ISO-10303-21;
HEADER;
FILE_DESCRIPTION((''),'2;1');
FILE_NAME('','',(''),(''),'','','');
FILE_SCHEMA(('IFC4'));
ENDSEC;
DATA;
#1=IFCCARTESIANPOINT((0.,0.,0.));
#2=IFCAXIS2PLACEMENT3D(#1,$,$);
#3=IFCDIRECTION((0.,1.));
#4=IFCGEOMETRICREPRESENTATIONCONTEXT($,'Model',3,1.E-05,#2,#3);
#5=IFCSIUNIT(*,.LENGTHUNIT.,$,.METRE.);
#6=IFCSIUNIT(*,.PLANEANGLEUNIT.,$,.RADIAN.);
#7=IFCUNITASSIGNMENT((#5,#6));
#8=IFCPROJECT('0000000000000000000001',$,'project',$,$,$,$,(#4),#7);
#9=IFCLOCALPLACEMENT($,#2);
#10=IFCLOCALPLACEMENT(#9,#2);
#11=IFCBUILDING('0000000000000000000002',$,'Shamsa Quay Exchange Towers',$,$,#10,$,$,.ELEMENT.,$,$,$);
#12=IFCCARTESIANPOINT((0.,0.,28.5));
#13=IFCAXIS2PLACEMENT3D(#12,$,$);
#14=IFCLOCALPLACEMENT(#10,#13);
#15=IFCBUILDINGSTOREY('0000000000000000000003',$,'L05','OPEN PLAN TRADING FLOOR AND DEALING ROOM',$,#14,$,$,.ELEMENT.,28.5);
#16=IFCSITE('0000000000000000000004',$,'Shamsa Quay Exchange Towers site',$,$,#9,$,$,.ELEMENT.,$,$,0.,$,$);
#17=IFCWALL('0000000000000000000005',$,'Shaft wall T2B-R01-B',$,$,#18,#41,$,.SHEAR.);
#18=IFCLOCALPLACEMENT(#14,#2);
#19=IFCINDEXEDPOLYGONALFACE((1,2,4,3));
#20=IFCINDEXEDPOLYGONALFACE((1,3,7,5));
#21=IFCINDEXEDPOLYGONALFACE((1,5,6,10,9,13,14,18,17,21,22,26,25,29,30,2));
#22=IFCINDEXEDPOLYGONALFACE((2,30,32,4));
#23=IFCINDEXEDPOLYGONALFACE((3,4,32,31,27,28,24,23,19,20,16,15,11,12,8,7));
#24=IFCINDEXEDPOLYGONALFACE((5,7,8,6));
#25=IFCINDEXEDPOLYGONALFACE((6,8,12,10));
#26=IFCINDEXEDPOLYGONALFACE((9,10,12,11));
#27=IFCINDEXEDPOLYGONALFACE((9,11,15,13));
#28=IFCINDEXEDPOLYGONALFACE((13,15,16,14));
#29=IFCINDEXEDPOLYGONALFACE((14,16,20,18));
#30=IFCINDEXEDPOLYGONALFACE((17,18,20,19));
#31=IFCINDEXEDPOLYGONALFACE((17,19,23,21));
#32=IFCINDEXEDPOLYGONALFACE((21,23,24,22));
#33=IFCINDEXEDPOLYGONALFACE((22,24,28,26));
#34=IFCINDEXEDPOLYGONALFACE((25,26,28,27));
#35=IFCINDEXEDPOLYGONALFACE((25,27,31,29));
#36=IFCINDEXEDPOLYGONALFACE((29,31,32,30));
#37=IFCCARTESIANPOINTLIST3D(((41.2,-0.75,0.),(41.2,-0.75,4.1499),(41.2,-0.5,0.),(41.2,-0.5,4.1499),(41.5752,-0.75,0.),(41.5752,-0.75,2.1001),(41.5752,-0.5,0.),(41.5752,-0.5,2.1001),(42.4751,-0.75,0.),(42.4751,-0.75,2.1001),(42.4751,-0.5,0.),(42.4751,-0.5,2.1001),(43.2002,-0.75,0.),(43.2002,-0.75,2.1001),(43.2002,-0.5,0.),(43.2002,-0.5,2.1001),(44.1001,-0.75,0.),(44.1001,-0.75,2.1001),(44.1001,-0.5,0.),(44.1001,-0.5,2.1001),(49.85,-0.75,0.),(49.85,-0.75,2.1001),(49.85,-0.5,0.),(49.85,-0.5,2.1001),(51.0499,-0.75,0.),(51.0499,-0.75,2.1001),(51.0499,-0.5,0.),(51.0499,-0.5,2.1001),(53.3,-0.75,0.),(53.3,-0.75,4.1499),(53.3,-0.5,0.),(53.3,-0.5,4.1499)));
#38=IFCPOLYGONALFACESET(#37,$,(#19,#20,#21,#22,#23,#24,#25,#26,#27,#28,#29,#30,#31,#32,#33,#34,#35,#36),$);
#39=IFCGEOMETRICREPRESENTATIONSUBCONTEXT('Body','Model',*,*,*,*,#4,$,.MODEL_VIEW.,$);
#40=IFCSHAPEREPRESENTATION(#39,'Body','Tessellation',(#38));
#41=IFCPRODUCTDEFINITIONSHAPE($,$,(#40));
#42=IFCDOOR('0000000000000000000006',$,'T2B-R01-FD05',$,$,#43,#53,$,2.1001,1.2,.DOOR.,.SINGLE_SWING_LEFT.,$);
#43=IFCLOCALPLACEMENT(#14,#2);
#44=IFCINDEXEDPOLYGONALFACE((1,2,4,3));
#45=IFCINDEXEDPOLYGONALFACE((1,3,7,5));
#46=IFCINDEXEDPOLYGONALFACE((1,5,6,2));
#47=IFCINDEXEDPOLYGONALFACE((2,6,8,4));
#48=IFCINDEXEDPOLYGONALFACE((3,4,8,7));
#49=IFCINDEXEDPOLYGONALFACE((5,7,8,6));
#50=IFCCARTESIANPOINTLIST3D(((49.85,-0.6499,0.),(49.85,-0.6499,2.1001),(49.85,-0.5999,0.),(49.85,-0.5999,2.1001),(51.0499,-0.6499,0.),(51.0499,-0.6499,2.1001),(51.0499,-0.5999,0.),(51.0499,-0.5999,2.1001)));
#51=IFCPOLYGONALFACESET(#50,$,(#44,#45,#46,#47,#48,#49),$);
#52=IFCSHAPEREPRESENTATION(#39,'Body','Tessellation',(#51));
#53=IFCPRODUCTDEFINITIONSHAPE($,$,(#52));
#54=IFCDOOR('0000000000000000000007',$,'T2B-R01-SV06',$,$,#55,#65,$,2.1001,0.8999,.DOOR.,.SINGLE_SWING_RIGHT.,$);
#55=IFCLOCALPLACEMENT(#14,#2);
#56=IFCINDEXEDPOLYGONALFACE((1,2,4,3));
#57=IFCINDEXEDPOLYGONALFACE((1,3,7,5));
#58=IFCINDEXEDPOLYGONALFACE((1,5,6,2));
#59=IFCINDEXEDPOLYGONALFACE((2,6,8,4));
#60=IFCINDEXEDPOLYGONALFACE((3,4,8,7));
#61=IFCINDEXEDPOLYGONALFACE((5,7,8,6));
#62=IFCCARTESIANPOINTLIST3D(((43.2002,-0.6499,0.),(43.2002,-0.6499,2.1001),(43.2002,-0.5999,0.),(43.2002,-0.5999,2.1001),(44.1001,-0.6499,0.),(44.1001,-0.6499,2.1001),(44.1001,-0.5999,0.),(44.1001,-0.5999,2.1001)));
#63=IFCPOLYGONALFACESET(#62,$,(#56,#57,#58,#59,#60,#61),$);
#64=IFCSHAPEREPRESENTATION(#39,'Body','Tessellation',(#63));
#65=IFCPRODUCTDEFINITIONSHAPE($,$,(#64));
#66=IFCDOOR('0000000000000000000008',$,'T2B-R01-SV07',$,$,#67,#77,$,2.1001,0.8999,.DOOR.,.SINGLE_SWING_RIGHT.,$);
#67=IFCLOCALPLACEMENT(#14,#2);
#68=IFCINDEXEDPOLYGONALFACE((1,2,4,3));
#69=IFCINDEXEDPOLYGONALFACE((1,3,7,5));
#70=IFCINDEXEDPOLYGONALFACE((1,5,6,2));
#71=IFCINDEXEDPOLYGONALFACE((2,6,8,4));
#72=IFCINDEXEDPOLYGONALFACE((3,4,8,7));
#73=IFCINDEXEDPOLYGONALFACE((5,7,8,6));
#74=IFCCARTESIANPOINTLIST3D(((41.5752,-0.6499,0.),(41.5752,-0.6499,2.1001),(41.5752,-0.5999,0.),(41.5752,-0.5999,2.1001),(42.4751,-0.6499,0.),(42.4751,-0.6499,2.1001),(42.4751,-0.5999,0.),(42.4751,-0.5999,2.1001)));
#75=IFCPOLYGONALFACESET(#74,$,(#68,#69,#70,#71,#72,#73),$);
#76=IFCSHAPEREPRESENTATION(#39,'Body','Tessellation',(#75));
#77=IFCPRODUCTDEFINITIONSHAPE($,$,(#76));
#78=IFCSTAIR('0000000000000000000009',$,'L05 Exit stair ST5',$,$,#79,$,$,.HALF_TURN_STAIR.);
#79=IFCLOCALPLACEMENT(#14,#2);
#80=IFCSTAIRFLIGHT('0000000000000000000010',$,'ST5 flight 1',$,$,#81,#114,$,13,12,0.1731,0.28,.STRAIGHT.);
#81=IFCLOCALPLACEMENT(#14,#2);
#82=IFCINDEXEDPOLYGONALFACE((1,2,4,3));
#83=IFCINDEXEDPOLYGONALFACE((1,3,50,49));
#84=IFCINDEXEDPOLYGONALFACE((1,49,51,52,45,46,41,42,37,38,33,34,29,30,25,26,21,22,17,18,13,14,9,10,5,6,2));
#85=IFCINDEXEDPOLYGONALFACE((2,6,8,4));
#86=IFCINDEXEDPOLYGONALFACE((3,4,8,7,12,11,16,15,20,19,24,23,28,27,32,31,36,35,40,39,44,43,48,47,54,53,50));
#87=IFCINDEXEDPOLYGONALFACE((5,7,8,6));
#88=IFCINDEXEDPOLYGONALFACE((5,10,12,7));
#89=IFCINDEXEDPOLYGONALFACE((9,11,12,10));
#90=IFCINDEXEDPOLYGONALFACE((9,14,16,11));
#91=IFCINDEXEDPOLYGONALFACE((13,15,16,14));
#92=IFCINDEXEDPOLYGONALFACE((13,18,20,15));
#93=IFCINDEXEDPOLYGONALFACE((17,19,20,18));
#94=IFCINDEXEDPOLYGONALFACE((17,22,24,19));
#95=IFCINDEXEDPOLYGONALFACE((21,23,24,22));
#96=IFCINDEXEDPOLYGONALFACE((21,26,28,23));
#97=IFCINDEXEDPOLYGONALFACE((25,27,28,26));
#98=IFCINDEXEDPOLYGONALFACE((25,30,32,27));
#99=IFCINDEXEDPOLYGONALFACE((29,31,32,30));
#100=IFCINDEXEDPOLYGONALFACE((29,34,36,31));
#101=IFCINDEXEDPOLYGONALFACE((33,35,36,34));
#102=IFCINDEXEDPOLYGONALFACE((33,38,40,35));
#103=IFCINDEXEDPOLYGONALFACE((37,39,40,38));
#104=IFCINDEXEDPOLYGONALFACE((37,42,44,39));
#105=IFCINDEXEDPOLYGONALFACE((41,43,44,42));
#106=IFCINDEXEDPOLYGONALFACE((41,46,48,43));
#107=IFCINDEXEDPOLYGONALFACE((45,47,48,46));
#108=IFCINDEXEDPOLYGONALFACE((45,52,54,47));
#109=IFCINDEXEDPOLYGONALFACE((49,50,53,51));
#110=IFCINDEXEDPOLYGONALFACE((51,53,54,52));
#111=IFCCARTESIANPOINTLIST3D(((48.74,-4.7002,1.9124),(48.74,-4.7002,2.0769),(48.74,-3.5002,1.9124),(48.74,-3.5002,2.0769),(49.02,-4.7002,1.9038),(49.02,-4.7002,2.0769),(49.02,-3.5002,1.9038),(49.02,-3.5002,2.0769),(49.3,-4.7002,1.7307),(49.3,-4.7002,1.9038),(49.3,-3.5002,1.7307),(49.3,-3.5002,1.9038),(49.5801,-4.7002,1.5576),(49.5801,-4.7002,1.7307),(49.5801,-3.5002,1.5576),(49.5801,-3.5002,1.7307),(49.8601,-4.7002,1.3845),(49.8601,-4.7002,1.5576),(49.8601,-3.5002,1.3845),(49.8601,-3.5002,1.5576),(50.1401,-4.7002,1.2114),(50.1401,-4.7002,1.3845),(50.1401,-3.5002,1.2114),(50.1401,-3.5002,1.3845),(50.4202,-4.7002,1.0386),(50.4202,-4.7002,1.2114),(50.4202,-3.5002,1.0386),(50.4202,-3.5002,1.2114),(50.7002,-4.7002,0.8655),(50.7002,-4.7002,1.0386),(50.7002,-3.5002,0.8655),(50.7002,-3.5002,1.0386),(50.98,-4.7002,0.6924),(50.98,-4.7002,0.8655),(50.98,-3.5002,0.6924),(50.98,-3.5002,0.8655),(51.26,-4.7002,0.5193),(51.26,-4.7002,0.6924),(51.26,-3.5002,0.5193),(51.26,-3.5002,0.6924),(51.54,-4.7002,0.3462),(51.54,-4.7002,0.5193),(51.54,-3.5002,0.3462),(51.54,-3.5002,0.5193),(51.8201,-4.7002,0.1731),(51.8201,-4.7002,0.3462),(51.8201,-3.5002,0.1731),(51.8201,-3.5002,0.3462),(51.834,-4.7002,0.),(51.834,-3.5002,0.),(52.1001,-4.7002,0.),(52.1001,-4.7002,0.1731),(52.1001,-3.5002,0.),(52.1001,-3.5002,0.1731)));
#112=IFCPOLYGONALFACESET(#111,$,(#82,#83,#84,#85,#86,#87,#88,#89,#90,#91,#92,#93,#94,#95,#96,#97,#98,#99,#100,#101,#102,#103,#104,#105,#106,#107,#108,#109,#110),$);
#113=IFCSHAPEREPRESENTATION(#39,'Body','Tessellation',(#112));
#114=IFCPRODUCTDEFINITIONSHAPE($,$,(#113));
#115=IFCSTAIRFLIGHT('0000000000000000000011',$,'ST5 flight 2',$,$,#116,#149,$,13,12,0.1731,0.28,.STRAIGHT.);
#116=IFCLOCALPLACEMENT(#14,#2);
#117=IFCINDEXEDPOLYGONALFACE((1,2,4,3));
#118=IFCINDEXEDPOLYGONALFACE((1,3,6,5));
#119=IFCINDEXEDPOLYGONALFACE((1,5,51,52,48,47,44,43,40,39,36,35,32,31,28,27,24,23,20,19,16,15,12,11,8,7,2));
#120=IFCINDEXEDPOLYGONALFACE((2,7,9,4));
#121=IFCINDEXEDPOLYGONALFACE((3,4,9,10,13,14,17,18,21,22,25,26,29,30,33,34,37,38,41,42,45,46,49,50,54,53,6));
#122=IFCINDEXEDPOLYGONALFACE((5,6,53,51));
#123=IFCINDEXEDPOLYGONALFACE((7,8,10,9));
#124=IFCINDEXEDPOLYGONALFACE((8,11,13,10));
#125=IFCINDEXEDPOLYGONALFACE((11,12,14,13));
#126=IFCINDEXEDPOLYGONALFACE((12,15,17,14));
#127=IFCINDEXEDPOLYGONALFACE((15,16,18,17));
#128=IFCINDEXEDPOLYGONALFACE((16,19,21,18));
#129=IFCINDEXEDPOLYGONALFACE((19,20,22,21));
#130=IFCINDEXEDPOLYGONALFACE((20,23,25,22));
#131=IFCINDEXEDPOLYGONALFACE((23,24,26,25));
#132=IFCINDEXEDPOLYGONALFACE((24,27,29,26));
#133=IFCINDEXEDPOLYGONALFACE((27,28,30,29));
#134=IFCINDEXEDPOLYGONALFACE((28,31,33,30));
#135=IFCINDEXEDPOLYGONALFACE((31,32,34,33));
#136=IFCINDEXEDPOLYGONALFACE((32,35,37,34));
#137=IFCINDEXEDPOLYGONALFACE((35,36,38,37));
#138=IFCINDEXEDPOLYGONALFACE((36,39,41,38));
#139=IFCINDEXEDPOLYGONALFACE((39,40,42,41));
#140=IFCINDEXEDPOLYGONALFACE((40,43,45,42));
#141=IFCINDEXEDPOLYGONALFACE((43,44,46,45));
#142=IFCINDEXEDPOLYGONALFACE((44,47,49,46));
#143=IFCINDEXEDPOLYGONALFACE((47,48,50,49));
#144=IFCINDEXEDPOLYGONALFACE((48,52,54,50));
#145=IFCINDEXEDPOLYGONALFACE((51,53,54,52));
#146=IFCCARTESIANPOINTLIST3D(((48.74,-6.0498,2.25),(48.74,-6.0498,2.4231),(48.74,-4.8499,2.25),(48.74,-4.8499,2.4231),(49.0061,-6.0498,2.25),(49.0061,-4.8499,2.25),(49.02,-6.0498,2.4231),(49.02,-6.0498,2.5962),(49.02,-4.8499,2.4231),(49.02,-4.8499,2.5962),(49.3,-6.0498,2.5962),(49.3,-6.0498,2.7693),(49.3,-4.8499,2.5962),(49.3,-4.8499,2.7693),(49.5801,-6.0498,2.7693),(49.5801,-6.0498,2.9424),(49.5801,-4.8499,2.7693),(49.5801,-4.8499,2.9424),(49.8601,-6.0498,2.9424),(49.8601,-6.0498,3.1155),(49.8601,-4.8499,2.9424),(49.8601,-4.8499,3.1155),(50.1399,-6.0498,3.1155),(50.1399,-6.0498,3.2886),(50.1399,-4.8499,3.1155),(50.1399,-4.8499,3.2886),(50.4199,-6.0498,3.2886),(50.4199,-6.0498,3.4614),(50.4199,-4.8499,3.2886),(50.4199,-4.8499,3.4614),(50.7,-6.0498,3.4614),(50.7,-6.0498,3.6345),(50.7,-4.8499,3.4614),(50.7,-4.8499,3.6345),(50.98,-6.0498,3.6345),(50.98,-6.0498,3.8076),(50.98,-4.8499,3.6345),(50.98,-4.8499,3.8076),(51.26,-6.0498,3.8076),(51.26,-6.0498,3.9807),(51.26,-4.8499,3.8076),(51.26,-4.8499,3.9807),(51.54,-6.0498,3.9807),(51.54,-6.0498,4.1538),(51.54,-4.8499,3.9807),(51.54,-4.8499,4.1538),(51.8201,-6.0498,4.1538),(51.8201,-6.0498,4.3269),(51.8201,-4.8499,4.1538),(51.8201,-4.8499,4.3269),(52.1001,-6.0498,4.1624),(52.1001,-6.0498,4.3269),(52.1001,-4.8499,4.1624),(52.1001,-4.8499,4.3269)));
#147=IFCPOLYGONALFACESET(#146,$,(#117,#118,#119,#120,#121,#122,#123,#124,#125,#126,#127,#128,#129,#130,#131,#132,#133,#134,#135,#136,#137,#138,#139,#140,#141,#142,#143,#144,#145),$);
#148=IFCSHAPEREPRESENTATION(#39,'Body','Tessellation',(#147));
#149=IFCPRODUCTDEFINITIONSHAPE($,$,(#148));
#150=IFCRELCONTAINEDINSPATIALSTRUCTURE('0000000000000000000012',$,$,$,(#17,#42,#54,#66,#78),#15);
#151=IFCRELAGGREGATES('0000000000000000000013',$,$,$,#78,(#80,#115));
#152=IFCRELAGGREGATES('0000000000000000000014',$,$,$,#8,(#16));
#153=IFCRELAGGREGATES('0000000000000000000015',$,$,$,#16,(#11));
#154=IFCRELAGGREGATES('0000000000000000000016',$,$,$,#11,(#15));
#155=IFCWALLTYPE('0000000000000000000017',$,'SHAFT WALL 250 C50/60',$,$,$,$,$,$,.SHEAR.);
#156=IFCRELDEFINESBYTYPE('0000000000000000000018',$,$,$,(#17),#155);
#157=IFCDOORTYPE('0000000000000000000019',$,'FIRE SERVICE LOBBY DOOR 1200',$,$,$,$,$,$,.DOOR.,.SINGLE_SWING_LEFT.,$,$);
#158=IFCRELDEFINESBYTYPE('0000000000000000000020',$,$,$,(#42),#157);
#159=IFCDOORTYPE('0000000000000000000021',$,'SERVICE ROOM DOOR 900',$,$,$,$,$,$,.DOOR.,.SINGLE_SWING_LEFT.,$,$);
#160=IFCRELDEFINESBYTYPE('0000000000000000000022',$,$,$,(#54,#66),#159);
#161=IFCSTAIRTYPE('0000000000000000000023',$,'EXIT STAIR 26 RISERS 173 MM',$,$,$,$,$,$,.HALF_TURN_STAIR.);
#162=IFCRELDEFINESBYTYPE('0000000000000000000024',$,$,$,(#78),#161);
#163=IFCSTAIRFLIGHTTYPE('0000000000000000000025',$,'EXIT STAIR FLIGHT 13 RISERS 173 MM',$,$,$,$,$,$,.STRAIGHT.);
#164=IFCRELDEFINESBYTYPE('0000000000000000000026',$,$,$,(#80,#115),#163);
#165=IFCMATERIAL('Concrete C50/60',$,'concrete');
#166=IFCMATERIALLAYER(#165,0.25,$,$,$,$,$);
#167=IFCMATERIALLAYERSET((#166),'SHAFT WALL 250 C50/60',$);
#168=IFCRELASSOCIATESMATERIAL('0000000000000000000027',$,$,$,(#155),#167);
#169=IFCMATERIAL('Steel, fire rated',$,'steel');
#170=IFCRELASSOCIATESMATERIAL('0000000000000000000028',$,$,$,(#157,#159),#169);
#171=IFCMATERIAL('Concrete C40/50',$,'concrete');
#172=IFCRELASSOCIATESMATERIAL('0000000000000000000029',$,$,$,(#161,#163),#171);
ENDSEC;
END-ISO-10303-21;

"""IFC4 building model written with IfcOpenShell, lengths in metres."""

from ifc_helpers import new_model, si_unit, direction, frame, frame_2d, origin, place, context, subcontext, project, spatial, polyline, rectangle, outline, extrude, material, layer, layer_set, type_object, element, fill, aggregate, save


model = new_model("IFC4")

# Units and contexts
model_context = context("Model", 3, precision=1e-05, world=origin(), true_north=direction((0.0, 1.0)))
body_context = subcontext(model_context, "Body", "Model", "MODEL_VIEW")
ifc_project = project(units=[si_unit("LENGTHUNIT", "METRE"), si_unit("PLANEANGLEUNIT", "RADIAN")], contexts=[model_context])

# Site, building, storey
site_placement = place(None, origin())
site = spatial("IfcSite", under=ifc_project, at=site_placement, Name="Shamsa Quay Exchange Towers site", CompositionType="ELEMENT", RefElevation=0.0)
building_placement = place(site_placement, origin())
building = spatial("IfcBuilding", under=site, at=building_placement, Name="Shamsa Quay Exchange Towers", CompositionType="ELEMENT")
storey_placement = place(building_placement, frame((0.0, 0.0, 28.5)))
storey = spatial("IfcBuildingStorey", under=building, at=storey_placement, Name="L05", Description="OPEN PLAN TRADING FLOOR AND DEALING ROOM", CompositionType="ELEMENT", Elevation=28.5)

# Shared definitions
ifc_material_1 = material(Name="Steel, fire rated", Category="steel")
ifc_material_2 = material(Name="Concrete C50/60", Category="concrete")
ifc_layer_1 = layer(ifc_material_2, 0.25)
ifc_layer_set_1 = layer_set([ifc_layer_1], Name="SHAFT WALL 250 C50/60")
wall_type_1 = type_object("IfcWallType", Name="SHAFT WALL 250 C50/60", PredefinedType="SHEAR", material=ifc_layer_set_1)

# Wall, openings, doors
wall_1_placement = place(storey_placement, frame((53.3, -0.625, 0.0), z_axis=(0.0, 0.0, 1.0), x_axis=(-1.0, 0.0, 0.0)))
wall_1 = element("IfcWall", 1, at=wall_1_placement, inside=storey, type_object=wall_type_1, Name="Shaft wall T2B-R01-B", PredefinedType="SHEAR", context=body_context, shape_type="SweptSolid", body=[
    extrude(rectangle(XDim=12.1001, YDim=0.25, at=frame_2d((6.05, 0.0))), origin(), (0.0, 0.0, 1.0), 4.1499),
])
opening_1_placement = place(wall_1_placement, frame((2.25, 0.0, 0.0)))
opening_1 = element("IfcOpeningElement", 2, at=opening_1_placement, cuts=wall_1, PredefinedType="OPENING", context=body_context, shape_type="SweptSolid", body=[
    extrude(rectangle(XDim=1.2, YDim=2.1001, at=frame_2d((0.6001, 1.05))), frame((0.0, 0.135, 0.0), z_axis=(0.0, -1.0, 0.0), x_axis=(1.0, 0.0, 0.0)), (0.0, 0.0, 1.0), 0.27),
])
opening_2_placement = place(wall_1_placement, frame((9.2, 0.0, 0.0)))
opening_2 = element("IfcOpeningElement", 3, at=opening_2_placement, cuts=wall_1, PredefinedType="OPENING", context=body_context, shape_type="SweptSolid", body=[
    extrude(rectangle(XDim=0.8999, YDim=2.1001, at=frame_2d((0.45, 1.05))), frame((0.0, 0.135, 0.0), z_axis=(0.0, -1.0, 0.0), x_axis=(1.0, 0.0, 0.0)), (0.0, 0.0, 1.0), 0.27),
])
opening_3_placement = place(wall_1_placement, frame((10.825, 0.0, 0.0)))
opening_3 = element("IfcOpeningElement", 4, at=opening_3_placement, cuts=wall_1, PredefinedType="OPENING", context=body_context, shape_type="SweptSolid", body=[
    extrude(rectangle(XDim=0.8999, YDim=2.1001, at=frame_2d((0.45, 1.05))), frame((0.0, 0.135, 0.0), z_axis=(0.0, -1.0, 0.0), x_axis=(1.0, 0.0, 0.0)), (0.0, 0.0, 1.0), 0.27),
])
door_type_1 = type_object("IfcDoorType", Name="FIRE SERVICE LOBBY DOOR 1200", OperationType="SINGLE_SWING_LEFT", PredefinedType="DOOR", material=ifc_material_1)
door_1_placement = place(opening_1_placement, origin())
door_1 = element("IfcDoor", 5, at=door_1_placement, inside=storey, type_object=door_type_1, Name="T2B-R01-FD05", OperationType="SINGLE_SWING_LEFT", OverallHeight=2.1001, OverallWidth=1.2, PredefinedType="DOOR", context=body_context, shape_type="SweptSolid", body=[
    extrude(rectangle(XDim=1.2, YDim=2.1001, at=frame_2d((0.6001, 1.05))), frame((0.0, 0.0249, 0.0), z_axis=(0.0, -1.0, 0.0), x_axis=(1.0, 0.0, 0.0)), (0.0, 0.0, 1.0), 0.05),
])
fill(opening_1, door_1)
door_type_2 = type_object("IfcDoorType", Name="SERVICE ROOM DOOR 900", OperationType="SINGLE_SWING_LEFT", PredefinedType="DOOR", material=ifc_material_1)
door_2_placement = place(opening_2_placement, origin())
door_2 = element("IfcDoor", 6, at=door_2_placement, inside=storey, type_object=door_type_2, Name="T2B-R01-SV06", OperationType="SINGLE_SWING_RIGHT", OverallHeight=2.1001, OverallWidth=0.8999, PredefinedType="DOOR", context=body_context, shape_type="SweptSolid", body=[
    extrude(rectangle(XDim=0.8999, YDim=2.1001, at=frame_2d((0.45, 1.05))), frame((0.0, 0.0249, 0.0), z_axis=(0.0, -1.0, 0.0), x_axis=(1.0, 0.0, 0.0)), (0.0, 0.0, 1.0), 0.05),
])
fill(opening_2, door_2)
door_3_placement = place(opening_3_placement, origin())
door_3 = element("IfcDoor", 7, at=door_3_placement, inside=storey, type_object=door_type_2, Name="T2B-R01-SV07", OperationType="SINGLE_SWING_RIGHT", OverallHeight=2.1001, OverallWidth=0.8999, PredefinedType="DOOR", context=body_context, shape_type="SweptSolid", body=[
    extrude(rectangle(XDim=0.8999, YDim=2.1001, at=frame_2d((0.45, 1.05))), frame((0.0, 0.0249, 0.0), z_axis=(0.0, -1.0, 0.0), x_axis=(1.0, 0.0, 0.0)), (0.0, 0.0, 1.0), 0.05),
])
fill(opening_3, door_3)

# Stair, stair flights
ifc_material_3 = material(Name="Concrete C40/50", Category="concrete")
stair_type = type_object("IfcStairType", Name="EXIT STAIR 26 RISERS 173 MM", PredefinedType="HALF_TURN_STAIR", material=ifc_material_3)
stair_placement = place(storey_placement, origin())
stair = element("IfcStair", 8, at=stair_placement, inside=storey, type_object=stair_type, Name="L05 Exit stair ST5", PredefinedType="HALF_TURN_STAIR")
stair_flight_type = type_object("IfcStairFlightType", Name="EXIT STAIR FLIGHT 13 RISERS 173 MM", PredefinedType="STRAIGHT", material=ifc_material_3)
stair_flight_1_placement = place(storey_placement, frame((52.1001, -4.1001, 0.0), z_axis=(0.0, 0.0, 1.0), x_axis=(-1.0, 0.0, 0.0)))
stair_flight_1 = element("IfcStairFlight", 9, at=stair_flight_1_placement, type_object=stair_flight_type, Name="ST5 flight 1", NumberOfRisers=13, NumberOfTreads=12, PredefinedType="STRAIGHT", RiserHeight=0.1731, TreadLength=0.28, context=body_context, shape_type="SweptSolid", body=[
    extrude(outline(polyline([(0.0, 0.0), (0.0, 0.1731), (0.28, 0.1731), (0.28, 0.3462), (0.5601, 0.3462), (0.5601, 0.5193), (0.8401, 0.5193), (0.8401, 0.6924), (1.1201, 0.6924), (1.1201, 0.8655), (1.3999, 0.8655), (1.3999, 1.0386), (1.6799, 1.0386), (1.6799, 1.2114), (1.96, 1.2114), (1.96, 1.3845), (2.24, 1.3845), (2.24, 1.5576), (2.52, 1.5576), (2.52, 1.7307), (2.8, 1.7307), (2.8, 1.9038), (3.0801, 1.9038), (3.0801, 2.0769), (3.3601, 2.0769), (3.3601, 2.25), (3.3601, 1.9124), (0.2661, 0.0), (0.0, 0.0)])), frame((0.0, 0.6001, 0.0), z_axis=(0.0, -1.0, 0.0), x_axis=(1.0, 0.0, 0.0)), (0.0, 0.0, 1.0), 1.2),
])
stair_flight_2_placement = place(storey_placement, frame((48.74, -5.45, 2.25)))
stair_flight_2 = element("IfcStairFlight", 10, at=stair_flight_2_placement, type_object=stair_flight_type, Name="ST5 flight 2", NumberOfRisers=13, NumberOfTreads=12, PredefinedType="STRAIGHT", RiserHeight=0.1731, TreadLength=0.28, context=body_context, shape_type="SweptSolid", body=[
    extrude(outline(polyline([(0.0, 0.0), (0.0, 0.1731), (0.28, 0.1731), (0.28, 0.3462), (0.5601, 0.3462), (0.5601, 0.5193), (0.8401, 0.5193), (0.8401, 0.6924), (1.1201, 0.6924), (1.1201, 0.8655), (1.3999, 0.8655), (1.3999, 1.0386), (1.6799, 1.0386), (1.6799, 1.2114), (1.96, 1.2114), (1.96, 1.3845), (2.24, 1.3845), (2.24, 1.5576), (2.52, 1.5576), (2.52, 1.7307), (2.8, 1.7307), (2.8, 1.9038), (3.0801, 1.9038), (3.0801, 2.0769), (3.3601, 2.0769), (3.3601, 2.25), (3.3601, 1.9124), (0.2661, 0.0), (0.0, 0.0)])), frame((0.0, 0.6001, 0.0), z_axis=(0.0, -1.0, 0.0), x_axis=(1.0, 0.0, 0.0)), (0.0, 0.0, 1.0), 1.2),
])
aggregate(stair, [stair_flight_1, stair_flight_2])

save(model, "model.ifc")
